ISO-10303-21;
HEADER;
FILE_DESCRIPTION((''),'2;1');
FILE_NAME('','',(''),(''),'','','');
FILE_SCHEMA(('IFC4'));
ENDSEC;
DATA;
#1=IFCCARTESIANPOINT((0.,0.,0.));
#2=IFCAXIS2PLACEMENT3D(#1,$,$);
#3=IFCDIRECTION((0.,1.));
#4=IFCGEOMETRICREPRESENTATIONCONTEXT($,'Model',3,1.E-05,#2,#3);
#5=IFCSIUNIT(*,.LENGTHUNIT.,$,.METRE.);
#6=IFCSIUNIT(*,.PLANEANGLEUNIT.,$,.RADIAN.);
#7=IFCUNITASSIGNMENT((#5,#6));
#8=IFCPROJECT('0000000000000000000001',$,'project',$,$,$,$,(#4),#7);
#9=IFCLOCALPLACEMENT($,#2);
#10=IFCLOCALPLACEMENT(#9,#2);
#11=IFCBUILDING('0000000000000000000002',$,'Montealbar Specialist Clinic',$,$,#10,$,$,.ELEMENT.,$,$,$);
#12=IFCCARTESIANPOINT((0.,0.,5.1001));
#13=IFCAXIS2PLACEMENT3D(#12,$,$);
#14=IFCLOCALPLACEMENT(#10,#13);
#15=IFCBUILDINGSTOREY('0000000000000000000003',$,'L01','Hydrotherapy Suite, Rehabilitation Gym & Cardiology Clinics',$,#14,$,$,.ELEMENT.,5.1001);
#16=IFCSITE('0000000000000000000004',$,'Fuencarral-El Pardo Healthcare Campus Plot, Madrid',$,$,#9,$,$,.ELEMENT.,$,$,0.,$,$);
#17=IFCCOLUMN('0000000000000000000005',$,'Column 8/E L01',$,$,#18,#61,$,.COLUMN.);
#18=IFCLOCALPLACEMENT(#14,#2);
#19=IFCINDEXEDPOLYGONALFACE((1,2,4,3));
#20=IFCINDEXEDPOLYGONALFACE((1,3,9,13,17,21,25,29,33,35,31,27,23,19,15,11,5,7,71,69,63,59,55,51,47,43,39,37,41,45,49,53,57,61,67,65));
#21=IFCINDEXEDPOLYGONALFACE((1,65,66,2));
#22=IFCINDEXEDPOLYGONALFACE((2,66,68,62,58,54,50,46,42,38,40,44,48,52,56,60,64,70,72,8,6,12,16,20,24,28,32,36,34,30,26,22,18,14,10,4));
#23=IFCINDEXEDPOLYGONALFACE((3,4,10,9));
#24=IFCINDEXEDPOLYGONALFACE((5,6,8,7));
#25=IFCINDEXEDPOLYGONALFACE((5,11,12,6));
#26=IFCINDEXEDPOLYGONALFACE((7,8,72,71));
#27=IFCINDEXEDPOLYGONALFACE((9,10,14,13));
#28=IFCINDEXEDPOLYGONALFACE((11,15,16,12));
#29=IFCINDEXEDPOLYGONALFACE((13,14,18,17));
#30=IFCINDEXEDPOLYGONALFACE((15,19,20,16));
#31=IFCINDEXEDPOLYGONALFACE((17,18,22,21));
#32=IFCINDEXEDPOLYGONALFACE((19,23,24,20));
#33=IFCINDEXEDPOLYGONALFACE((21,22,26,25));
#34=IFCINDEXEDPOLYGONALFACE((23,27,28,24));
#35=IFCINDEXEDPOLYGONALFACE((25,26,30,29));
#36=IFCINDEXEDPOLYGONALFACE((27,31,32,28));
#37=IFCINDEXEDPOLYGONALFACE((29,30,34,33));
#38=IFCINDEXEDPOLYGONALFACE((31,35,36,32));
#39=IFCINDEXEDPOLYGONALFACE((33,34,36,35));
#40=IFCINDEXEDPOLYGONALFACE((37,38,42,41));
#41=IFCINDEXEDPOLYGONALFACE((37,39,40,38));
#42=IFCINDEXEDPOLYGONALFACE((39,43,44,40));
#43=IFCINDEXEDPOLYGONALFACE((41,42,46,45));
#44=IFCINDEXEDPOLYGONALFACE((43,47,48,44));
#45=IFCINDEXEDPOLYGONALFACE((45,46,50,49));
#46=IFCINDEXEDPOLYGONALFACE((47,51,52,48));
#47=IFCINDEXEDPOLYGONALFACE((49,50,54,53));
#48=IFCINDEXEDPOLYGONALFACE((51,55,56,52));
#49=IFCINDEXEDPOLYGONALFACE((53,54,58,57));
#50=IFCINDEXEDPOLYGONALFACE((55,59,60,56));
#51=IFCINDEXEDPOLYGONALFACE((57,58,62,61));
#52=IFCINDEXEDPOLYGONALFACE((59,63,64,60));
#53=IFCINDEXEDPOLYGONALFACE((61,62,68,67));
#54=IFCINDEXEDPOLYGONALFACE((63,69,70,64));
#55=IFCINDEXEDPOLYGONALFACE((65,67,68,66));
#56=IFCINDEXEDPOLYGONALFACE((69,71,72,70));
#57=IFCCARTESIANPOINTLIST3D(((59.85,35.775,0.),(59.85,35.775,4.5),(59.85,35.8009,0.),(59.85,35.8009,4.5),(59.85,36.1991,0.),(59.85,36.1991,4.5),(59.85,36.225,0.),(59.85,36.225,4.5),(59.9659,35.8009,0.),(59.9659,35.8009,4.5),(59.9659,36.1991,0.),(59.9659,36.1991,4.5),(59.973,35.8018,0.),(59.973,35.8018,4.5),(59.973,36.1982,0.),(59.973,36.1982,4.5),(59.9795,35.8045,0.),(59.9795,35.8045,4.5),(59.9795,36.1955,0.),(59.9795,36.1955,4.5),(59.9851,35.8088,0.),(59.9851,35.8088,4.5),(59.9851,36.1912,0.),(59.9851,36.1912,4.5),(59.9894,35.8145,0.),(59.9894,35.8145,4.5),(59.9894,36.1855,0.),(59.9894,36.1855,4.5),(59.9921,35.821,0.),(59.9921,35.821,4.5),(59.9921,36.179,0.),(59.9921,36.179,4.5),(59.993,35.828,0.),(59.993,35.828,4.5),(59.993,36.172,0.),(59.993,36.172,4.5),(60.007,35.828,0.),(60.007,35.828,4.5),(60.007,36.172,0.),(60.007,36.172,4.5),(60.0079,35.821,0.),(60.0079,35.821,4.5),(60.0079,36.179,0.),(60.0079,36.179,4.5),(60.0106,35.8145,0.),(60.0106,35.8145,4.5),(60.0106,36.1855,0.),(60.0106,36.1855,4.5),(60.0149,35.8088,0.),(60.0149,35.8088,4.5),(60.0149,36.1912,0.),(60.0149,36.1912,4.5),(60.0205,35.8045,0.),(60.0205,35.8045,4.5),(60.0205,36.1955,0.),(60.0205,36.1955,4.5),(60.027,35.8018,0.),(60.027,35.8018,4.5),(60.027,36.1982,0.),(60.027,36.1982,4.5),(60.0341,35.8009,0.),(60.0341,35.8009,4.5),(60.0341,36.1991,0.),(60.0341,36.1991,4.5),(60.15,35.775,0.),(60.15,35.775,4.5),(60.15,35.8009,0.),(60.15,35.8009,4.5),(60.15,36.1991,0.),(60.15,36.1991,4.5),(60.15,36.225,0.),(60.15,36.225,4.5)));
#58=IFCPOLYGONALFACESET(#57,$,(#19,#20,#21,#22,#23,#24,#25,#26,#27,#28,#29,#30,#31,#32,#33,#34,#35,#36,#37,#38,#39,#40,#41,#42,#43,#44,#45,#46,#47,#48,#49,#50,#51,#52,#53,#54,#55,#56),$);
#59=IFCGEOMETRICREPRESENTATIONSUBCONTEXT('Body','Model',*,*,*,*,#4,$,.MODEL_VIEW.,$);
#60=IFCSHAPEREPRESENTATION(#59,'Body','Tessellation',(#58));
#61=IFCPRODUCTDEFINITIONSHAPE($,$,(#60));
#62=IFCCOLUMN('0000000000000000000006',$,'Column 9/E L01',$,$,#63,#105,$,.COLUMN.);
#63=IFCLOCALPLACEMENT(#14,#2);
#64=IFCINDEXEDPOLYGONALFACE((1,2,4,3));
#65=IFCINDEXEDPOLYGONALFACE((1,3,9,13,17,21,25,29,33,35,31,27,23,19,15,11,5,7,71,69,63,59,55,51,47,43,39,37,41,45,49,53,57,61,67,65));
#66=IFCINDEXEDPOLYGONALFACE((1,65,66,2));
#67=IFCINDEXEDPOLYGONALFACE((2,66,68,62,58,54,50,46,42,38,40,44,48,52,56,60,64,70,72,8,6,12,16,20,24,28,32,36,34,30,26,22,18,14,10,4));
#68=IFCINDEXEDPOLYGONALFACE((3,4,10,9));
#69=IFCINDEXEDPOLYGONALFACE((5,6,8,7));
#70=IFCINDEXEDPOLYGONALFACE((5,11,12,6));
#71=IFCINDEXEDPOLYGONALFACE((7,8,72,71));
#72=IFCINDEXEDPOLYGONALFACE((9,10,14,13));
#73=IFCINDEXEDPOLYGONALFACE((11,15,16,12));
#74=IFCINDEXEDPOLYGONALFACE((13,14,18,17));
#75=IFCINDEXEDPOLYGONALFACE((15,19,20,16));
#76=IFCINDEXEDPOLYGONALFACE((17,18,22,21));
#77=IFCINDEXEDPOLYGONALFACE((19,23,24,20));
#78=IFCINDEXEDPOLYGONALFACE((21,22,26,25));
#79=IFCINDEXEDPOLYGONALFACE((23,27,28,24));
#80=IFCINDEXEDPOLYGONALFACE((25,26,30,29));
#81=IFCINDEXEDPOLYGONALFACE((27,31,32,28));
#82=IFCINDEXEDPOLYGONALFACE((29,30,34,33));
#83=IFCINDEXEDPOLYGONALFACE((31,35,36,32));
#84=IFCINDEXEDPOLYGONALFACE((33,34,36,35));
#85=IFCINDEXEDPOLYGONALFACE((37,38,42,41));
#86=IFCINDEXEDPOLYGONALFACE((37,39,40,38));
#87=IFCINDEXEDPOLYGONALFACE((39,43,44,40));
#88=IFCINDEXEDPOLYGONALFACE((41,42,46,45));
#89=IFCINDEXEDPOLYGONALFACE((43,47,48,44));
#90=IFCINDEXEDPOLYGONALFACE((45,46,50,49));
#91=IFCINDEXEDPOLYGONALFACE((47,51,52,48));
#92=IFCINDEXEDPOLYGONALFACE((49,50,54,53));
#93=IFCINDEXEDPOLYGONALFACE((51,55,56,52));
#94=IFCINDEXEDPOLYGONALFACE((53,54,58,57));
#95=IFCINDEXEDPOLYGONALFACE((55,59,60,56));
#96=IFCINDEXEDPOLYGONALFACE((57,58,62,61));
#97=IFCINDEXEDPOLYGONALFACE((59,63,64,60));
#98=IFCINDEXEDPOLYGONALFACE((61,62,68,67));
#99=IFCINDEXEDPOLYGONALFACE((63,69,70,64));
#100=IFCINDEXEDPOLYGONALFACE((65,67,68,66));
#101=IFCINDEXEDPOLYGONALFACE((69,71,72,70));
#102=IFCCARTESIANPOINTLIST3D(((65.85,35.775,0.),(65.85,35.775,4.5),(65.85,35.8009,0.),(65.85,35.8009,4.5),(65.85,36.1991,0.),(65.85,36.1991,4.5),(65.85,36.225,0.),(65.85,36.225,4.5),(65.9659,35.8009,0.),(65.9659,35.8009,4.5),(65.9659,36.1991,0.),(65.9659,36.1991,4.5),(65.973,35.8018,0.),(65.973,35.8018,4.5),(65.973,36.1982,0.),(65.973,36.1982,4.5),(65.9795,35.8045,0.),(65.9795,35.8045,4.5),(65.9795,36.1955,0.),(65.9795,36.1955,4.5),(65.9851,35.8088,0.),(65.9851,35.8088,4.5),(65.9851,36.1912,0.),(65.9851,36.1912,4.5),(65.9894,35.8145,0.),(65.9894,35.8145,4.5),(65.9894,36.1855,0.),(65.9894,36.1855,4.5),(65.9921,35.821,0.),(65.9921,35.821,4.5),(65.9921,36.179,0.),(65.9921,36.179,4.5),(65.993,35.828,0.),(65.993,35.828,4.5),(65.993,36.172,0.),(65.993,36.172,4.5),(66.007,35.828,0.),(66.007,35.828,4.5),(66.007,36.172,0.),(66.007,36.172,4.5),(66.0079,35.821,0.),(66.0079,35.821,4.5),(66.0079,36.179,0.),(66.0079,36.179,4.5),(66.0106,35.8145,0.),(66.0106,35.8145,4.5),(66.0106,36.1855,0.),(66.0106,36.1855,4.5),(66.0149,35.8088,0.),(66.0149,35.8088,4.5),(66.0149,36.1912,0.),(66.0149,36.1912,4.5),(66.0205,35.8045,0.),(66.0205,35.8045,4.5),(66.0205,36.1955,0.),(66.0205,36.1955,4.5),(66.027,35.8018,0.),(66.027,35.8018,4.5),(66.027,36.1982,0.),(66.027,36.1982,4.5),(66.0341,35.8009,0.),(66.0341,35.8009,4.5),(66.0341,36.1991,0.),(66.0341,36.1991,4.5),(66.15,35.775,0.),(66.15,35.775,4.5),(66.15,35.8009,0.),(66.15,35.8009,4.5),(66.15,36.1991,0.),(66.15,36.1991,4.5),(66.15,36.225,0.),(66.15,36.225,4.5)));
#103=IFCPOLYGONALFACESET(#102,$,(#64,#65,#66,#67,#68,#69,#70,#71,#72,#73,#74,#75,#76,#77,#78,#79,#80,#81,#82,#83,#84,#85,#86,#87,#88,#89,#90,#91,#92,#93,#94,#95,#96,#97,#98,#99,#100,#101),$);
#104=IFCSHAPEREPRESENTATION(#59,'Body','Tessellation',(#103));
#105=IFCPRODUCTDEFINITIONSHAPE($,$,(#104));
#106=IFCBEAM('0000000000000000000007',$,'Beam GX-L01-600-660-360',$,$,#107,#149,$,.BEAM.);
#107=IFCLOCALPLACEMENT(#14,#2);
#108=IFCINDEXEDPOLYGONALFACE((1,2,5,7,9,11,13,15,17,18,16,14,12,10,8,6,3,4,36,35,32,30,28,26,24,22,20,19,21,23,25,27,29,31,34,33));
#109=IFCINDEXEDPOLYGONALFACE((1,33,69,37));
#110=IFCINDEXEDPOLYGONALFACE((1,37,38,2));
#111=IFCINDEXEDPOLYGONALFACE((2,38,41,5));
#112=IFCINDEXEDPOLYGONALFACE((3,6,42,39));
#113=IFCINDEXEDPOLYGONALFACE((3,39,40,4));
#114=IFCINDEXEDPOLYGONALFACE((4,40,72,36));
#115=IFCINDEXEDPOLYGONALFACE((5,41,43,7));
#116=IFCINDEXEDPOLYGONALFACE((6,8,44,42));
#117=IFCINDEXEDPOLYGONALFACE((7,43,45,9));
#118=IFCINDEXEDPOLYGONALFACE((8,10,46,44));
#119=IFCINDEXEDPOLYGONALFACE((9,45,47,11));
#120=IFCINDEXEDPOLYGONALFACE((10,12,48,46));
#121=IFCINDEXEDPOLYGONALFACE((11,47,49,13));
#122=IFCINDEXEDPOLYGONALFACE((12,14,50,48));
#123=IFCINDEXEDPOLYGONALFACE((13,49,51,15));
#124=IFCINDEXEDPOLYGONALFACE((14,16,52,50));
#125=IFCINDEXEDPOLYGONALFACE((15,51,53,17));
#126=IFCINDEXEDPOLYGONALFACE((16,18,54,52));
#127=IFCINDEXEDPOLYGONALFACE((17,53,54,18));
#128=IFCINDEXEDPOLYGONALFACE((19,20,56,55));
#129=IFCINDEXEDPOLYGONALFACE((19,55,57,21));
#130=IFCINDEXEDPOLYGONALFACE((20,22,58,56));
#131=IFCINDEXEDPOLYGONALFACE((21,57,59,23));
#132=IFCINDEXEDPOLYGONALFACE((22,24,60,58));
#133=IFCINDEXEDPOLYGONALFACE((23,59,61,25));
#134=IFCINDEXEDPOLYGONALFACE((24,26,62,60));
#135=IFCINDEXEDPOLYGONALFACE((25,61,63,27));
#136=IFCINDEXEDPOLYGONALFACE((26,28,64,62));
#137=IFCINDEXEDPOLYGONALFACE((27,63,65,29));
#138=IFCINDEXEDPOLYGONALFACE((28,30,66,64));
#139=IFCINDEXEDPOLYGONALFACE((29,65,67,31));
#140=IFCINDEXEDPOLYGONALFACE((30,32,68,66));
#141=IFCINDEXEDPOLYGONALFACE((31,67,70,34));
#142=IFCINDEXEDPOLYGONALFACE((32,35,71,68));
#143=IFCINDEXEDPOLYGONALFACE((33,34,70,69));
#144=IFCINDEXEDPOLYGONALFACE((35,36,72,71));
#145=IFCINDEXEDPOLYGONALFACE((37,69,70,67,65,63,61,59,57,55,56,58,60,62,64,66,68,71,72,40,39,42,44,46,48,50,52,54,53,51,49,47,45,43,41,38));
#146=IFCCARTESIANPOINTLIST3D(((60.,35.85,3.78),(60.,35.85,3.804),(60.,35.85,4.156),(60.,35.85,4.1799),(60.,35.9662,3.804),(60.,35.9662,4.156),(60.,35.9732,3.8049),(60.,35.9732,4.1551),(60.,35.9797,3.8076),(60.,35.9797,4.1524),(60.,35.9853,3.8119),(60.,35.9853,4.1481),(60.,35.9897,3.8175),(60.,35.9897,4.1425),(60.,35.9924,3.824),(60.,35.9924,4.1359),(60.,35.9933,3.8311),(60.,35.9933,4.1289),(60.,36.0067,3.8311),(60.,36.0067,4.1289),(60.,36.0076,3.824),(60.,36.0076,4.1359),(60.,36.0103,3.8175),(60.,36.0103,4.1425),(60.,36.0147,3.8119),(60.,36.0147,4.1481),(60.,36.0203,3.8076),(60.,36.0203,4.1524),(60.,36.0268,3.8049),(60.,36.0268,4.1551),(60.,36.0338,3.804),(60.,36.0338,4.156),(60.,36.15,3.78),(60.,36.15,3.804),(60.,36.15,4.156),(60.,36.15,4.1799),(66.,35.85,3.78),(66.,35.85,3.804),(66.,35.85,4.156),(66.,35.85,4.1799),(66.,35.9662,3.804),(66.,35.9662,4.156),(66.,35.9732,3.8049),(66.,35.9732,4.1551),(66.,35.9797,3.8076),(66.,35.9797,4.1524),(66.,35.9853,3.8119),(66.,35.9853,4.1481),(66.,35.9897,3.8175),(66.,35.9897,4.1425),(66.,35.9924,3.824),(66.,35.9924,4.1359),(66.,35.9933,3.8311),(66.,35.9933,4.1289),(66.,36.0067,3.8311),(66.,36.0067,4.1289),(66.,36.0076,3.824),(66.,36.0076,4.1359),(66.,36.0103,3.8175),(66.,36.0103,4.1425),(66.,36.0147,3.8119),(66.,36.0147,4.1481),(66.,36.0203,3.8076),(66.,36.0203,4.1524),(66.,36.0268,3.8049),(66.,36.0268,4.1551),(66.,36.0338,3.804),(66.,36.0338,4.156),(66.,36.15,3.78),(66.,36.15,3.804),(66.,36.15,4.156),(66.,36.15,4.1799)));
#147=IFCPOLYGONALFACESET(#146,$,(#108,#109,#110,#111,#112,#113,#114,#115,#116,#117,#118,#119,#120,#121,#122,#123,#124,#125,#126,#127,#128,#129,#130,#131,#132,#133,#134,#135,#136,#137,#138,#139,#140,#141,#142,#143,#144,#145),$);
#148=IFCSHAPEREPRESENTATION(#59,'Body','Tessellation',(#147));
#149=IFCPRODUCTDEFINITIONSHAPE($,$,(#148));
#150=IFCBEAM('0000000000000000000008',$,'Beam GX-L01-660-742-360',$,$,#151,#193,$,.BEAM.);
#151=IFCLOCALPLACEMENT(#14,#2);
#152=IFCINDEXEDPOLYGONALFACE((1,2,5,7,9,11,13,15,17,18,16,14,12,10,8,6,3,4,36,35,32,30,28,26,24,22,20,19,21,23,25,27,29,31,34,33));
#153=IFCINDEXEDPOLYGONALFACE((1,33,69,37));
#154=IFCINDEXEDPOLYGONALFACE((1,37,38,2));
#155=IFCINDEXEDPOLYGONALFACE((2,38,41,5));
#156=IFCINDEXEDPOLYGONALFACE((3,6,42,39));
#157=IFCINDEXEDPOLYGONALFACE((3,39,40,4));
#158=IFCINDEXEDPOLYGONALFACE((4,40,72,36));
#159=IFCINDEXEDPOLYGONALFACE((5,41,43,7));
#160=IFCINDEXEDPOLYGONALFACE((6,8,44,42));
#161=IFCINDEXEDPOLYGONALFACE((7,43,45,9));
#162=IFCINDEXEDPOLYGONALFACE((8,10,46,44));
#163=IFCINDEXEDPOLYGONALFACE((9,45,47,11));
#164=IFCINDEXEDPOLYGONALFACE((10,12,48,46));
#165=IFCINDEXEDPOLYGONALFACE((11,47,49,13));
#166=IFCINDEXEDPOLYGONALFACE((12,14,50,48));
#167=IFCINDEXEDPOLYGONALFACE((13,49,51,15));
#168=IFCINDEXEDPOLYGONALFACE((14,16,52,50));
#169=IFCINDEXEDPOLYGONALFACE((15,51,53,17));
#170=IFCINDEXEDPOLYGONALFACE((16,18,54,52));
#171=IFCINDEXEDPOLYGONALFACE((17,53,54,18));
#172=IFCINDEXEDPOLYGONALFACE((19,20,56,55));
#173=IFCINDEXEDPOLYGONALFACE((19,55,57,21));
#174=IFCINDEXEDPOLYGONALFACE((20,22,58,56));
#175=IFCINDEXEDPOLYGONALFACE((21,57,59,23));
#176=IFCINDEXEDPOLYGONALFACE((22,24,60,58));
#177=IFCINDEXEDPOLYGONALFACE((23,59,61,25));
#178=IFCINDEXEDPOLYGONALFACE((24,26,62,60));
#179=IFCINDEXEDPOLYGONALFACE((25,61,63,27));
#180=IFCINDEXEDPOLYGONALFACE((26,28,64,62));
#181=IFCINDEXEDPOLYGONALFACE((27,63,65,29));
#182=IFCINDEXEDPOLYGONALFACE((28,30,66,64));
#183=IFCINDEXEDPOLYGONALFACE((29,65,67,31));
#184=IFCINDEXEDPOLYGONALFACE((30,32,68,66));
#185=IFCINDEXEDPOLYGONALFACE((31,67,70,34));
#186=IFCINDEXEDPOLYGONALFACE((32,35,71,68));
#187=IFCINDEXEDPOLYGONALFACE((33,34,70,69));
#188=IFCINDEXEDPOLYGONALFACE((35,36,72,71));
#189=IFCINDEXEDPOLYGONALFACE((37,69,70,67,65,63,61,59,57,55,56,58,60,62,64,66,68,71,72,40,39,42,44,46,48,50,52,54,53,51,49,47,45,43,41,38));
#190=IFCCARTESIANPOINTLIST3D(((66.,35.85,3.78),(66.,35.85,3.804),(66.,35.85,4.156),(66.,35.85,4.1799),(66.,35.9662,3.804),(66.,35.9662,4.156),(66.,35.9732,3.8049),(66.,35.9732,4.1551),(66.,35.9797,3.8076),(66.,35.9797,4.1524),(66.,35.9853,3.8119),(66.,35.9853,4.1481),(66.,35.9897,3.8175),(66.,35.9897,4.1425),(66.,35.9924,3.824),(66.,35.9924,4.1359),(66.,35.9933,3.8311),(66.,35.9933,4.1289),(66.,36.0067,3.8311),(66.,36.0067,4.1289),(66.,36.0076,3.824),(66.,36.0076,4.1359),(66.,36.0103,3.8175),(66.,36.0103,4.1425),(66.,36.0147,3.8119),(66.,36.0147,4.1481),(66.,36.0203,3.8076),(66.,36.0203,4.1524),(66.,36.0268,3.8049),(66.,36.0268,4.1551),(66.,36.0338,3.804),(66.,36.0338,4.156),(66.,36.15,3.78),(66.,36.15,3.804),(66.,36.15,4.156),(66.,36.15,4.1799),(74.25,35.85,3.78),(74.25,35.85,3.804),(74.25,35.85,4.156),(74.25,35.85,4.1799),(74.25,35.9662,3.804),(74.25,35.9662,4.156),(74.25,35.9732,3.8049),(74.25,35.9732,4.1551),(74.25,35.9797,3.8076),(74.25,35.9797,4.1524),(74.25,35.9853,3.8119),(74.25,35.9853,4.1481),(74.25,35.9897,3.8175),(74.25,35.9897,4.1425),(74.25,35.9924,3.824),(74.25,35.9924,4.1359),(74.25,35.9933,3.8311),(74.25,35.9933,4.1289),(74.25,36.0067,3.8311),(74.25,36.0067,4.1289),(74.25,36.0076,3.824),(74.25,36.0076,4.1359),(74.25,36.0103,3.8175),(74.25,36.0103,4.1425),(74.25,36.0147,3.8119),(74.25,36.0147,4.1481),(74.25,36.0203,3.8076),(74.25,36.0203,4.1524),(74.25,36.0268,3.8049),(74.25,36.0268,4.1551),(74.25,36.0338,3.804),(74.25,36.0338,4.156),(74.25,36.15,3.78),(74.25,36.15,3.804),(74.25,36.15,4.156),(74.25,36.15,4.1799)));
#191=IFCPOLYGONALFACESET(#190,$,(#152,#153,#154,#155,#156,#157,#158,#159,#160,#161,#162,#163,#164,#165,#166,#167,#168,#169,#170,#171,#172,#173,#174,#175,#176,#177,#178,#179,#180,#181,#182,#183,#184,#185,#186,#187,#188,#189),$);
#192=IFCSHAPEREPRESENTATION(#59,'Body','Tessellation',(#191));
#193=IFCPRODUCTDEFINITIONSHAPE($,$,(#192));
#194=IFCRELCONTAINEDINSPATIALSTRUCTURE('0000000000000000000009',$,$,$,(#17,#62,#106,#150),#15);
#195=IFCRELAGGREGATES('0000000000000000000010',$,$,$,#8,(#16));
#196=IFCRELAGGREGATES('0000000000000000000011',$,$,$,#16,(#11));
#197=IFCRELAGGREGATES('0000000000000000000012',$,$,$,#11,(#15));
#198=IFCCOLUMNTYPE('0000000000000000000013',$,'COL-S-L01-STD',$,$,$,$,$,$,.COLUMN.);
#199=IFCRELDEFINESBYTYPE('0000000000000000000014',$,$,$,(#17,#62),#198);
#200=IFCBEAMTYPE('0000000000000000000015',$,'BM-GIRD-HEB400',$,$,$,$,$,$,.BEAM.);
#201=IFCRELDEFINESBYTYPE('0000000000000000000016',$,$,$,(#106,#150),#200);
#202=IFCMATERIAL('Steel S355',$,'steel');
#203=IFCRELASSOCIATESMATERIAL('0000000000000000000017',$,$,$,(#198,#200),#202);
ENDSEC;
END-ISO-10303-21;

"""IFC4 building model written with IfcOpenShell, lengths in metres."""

from ifc_helpers import new_model, si_unit, direction, frame, origin, origin_2d, place, context, subcontext, project, spatial, i_section, extrude, material, material_profile, profile_set, type_object, element, save


model = new_model("IFC4")

# Units and contexts
model_context = context("Model", 3, precision=1e-05, world=origin(), true_north=direction((0.0, 1.0)))
body_context = subcontext(model_context, "Body", "Model", "MODEL_VIEW")
ifc_project = project(units=[si_unit("LENGTHUNIT", "METRE"), si_unit("PLANEANGLEUNIT", "RADIAN")], contexts=[model_context])

# Site, building, storey
site_placement = place(None, origin())
site = spatial("IfcSite", under=ifc_project, at=site_placement, Name="Fuencarral-El Pardo Healthcare Campus Plot, Madrid", CompositionType="ELEMENT", RefElevation=0.0)
building_placement = place(site_placement, origin())
building = spatial("IfcBuilding", under=site, at=building_placement, Name="Montealbar Specialist Clinic", CompositionType="ELEMENT")
storey_placement = place(building_placement, frame((0.0, 0.0, 5.1001)))
storey = spatial("IfcBuildingStorey", under=building, at=storey_placement, Name="L01", Description="Hydrotherapy Suite, Rehabilitation Gym & Cardiology Clinics", CompositionType="ELEMENT", Elevation=5.1001)

# Columns
ifc_material_1 = material(Name="Steel S355", Category="steel")
ifc_material_profile_1 = material_profile(ifc_material_1, i_section(OverallWidth=0.3, OverallDepth=0.45, WebThickness=0.0139, FlangeThickness=0.0259, FilletRadius=0.0271, at=origin_2d()), Name="HEB 450", Category="steel")
ifc_profile_set_1 = profile_set([ifc_material_profile_1], Name="Steel S355")
column_type = type_object("IfcColumnType", Name="COL-S-L01-STD", PredefinedType="COLUMN", material=ifc_profile_set_1)
for number, where, z_axis, x_axis, name in (
    (1, (60.0, 36.0, 0.0), (0.0, 0.0, 1.0), (1.0, 0.0, 0.0), "Column 8/E L01"),
    (2, (66.0, 36.0, 0.0), (0.0, 0.0, 1.0), (1.0, 0.0, 0.0), "Column 9/E L01"),
):
    element("IfcColumn", number, at=place(storey_placement, frame(where, z_axis=z_axis, x_axis=x_axis)), inside=storey, type_object=column_type, Name=name, PredefinedType="COLUMN", context=body_context, shape_type="SweptSolid", body=[
        extrude(i_section(OverallWidth=0.3, OverallDepth=0.45, WebThickness=0.0139, FlangeThickness=0.0259, FilletRadius=0.0271, at=origin_2d()), origin(), (0.0, 0.0, 1.0), 4.5),
    ])

# Beams
ifc_material_profile_2 = material_profile(ifc_material_1, i_section(OverallWidth=0.3, OverallDepth=0.3999, WebThickness=0.0134, FlangeThickness=0.0239, FilletRadius=0.0271, at=origin_2d()), Name="HEB 400", Category="steel")
ifc_profile_set_2 = profile_set([ifc_material_profile_2], Name="Steel S355")
beam_type_1 = type_object("IfcBeamType", Name="BM-GIRD-HEB400", PredefinedType="BEAM", material=ifc_profile_set_2)
beam_1_placement = place(storey_placement, frame((60.0, 36.0, 3.98), z_axis=(1.0, 0.0, 0.0), x_axis=(0.0, 1.0, 0.0)))
element("IfcBeam", 3, at=beam_1_placement, inside=storey, type_object=beam_type_1, Name="Beam GX-L01-600-660-360", PredefinedType="BEAM", context=body_context, shape_type="SweptSolid", body=[
    extrude(i_section(OverallWidth=0.3, OverallDepth=0.3999, WebThickness=0.0134, FlangeThickness=0.0239, FilletRadius=0.0271, at=origin_2d()), origin(), (0.0, 0.0, 1.0), 6.0),
])
beam_2_placement = place(storey_placement, frame((66.0, 36.0, 3.98), z_axis=(1.0, 0.0, 0.0), x_axis=(0.0, 1.0, 0.0)))
element("IfcBeam", 4, at=beam_2_placement, inside=storey, type_object=beam_type_1, Name="Beam GX-L01-660-742-360", PredefinedType="BEAM", context=body_context, shape_type="SweptSolid", body=[
    extrude(i_section(OverallWidth=0.3, OverallDepth=0.3999, WebThickness=0.0134, FlangeThickness=0.0239, FilletRadius=0.0271, at=origin_2d()), origin(), (0.0, 0.0, 1.0), 8.25),
])

save(model, "model.ifc")
